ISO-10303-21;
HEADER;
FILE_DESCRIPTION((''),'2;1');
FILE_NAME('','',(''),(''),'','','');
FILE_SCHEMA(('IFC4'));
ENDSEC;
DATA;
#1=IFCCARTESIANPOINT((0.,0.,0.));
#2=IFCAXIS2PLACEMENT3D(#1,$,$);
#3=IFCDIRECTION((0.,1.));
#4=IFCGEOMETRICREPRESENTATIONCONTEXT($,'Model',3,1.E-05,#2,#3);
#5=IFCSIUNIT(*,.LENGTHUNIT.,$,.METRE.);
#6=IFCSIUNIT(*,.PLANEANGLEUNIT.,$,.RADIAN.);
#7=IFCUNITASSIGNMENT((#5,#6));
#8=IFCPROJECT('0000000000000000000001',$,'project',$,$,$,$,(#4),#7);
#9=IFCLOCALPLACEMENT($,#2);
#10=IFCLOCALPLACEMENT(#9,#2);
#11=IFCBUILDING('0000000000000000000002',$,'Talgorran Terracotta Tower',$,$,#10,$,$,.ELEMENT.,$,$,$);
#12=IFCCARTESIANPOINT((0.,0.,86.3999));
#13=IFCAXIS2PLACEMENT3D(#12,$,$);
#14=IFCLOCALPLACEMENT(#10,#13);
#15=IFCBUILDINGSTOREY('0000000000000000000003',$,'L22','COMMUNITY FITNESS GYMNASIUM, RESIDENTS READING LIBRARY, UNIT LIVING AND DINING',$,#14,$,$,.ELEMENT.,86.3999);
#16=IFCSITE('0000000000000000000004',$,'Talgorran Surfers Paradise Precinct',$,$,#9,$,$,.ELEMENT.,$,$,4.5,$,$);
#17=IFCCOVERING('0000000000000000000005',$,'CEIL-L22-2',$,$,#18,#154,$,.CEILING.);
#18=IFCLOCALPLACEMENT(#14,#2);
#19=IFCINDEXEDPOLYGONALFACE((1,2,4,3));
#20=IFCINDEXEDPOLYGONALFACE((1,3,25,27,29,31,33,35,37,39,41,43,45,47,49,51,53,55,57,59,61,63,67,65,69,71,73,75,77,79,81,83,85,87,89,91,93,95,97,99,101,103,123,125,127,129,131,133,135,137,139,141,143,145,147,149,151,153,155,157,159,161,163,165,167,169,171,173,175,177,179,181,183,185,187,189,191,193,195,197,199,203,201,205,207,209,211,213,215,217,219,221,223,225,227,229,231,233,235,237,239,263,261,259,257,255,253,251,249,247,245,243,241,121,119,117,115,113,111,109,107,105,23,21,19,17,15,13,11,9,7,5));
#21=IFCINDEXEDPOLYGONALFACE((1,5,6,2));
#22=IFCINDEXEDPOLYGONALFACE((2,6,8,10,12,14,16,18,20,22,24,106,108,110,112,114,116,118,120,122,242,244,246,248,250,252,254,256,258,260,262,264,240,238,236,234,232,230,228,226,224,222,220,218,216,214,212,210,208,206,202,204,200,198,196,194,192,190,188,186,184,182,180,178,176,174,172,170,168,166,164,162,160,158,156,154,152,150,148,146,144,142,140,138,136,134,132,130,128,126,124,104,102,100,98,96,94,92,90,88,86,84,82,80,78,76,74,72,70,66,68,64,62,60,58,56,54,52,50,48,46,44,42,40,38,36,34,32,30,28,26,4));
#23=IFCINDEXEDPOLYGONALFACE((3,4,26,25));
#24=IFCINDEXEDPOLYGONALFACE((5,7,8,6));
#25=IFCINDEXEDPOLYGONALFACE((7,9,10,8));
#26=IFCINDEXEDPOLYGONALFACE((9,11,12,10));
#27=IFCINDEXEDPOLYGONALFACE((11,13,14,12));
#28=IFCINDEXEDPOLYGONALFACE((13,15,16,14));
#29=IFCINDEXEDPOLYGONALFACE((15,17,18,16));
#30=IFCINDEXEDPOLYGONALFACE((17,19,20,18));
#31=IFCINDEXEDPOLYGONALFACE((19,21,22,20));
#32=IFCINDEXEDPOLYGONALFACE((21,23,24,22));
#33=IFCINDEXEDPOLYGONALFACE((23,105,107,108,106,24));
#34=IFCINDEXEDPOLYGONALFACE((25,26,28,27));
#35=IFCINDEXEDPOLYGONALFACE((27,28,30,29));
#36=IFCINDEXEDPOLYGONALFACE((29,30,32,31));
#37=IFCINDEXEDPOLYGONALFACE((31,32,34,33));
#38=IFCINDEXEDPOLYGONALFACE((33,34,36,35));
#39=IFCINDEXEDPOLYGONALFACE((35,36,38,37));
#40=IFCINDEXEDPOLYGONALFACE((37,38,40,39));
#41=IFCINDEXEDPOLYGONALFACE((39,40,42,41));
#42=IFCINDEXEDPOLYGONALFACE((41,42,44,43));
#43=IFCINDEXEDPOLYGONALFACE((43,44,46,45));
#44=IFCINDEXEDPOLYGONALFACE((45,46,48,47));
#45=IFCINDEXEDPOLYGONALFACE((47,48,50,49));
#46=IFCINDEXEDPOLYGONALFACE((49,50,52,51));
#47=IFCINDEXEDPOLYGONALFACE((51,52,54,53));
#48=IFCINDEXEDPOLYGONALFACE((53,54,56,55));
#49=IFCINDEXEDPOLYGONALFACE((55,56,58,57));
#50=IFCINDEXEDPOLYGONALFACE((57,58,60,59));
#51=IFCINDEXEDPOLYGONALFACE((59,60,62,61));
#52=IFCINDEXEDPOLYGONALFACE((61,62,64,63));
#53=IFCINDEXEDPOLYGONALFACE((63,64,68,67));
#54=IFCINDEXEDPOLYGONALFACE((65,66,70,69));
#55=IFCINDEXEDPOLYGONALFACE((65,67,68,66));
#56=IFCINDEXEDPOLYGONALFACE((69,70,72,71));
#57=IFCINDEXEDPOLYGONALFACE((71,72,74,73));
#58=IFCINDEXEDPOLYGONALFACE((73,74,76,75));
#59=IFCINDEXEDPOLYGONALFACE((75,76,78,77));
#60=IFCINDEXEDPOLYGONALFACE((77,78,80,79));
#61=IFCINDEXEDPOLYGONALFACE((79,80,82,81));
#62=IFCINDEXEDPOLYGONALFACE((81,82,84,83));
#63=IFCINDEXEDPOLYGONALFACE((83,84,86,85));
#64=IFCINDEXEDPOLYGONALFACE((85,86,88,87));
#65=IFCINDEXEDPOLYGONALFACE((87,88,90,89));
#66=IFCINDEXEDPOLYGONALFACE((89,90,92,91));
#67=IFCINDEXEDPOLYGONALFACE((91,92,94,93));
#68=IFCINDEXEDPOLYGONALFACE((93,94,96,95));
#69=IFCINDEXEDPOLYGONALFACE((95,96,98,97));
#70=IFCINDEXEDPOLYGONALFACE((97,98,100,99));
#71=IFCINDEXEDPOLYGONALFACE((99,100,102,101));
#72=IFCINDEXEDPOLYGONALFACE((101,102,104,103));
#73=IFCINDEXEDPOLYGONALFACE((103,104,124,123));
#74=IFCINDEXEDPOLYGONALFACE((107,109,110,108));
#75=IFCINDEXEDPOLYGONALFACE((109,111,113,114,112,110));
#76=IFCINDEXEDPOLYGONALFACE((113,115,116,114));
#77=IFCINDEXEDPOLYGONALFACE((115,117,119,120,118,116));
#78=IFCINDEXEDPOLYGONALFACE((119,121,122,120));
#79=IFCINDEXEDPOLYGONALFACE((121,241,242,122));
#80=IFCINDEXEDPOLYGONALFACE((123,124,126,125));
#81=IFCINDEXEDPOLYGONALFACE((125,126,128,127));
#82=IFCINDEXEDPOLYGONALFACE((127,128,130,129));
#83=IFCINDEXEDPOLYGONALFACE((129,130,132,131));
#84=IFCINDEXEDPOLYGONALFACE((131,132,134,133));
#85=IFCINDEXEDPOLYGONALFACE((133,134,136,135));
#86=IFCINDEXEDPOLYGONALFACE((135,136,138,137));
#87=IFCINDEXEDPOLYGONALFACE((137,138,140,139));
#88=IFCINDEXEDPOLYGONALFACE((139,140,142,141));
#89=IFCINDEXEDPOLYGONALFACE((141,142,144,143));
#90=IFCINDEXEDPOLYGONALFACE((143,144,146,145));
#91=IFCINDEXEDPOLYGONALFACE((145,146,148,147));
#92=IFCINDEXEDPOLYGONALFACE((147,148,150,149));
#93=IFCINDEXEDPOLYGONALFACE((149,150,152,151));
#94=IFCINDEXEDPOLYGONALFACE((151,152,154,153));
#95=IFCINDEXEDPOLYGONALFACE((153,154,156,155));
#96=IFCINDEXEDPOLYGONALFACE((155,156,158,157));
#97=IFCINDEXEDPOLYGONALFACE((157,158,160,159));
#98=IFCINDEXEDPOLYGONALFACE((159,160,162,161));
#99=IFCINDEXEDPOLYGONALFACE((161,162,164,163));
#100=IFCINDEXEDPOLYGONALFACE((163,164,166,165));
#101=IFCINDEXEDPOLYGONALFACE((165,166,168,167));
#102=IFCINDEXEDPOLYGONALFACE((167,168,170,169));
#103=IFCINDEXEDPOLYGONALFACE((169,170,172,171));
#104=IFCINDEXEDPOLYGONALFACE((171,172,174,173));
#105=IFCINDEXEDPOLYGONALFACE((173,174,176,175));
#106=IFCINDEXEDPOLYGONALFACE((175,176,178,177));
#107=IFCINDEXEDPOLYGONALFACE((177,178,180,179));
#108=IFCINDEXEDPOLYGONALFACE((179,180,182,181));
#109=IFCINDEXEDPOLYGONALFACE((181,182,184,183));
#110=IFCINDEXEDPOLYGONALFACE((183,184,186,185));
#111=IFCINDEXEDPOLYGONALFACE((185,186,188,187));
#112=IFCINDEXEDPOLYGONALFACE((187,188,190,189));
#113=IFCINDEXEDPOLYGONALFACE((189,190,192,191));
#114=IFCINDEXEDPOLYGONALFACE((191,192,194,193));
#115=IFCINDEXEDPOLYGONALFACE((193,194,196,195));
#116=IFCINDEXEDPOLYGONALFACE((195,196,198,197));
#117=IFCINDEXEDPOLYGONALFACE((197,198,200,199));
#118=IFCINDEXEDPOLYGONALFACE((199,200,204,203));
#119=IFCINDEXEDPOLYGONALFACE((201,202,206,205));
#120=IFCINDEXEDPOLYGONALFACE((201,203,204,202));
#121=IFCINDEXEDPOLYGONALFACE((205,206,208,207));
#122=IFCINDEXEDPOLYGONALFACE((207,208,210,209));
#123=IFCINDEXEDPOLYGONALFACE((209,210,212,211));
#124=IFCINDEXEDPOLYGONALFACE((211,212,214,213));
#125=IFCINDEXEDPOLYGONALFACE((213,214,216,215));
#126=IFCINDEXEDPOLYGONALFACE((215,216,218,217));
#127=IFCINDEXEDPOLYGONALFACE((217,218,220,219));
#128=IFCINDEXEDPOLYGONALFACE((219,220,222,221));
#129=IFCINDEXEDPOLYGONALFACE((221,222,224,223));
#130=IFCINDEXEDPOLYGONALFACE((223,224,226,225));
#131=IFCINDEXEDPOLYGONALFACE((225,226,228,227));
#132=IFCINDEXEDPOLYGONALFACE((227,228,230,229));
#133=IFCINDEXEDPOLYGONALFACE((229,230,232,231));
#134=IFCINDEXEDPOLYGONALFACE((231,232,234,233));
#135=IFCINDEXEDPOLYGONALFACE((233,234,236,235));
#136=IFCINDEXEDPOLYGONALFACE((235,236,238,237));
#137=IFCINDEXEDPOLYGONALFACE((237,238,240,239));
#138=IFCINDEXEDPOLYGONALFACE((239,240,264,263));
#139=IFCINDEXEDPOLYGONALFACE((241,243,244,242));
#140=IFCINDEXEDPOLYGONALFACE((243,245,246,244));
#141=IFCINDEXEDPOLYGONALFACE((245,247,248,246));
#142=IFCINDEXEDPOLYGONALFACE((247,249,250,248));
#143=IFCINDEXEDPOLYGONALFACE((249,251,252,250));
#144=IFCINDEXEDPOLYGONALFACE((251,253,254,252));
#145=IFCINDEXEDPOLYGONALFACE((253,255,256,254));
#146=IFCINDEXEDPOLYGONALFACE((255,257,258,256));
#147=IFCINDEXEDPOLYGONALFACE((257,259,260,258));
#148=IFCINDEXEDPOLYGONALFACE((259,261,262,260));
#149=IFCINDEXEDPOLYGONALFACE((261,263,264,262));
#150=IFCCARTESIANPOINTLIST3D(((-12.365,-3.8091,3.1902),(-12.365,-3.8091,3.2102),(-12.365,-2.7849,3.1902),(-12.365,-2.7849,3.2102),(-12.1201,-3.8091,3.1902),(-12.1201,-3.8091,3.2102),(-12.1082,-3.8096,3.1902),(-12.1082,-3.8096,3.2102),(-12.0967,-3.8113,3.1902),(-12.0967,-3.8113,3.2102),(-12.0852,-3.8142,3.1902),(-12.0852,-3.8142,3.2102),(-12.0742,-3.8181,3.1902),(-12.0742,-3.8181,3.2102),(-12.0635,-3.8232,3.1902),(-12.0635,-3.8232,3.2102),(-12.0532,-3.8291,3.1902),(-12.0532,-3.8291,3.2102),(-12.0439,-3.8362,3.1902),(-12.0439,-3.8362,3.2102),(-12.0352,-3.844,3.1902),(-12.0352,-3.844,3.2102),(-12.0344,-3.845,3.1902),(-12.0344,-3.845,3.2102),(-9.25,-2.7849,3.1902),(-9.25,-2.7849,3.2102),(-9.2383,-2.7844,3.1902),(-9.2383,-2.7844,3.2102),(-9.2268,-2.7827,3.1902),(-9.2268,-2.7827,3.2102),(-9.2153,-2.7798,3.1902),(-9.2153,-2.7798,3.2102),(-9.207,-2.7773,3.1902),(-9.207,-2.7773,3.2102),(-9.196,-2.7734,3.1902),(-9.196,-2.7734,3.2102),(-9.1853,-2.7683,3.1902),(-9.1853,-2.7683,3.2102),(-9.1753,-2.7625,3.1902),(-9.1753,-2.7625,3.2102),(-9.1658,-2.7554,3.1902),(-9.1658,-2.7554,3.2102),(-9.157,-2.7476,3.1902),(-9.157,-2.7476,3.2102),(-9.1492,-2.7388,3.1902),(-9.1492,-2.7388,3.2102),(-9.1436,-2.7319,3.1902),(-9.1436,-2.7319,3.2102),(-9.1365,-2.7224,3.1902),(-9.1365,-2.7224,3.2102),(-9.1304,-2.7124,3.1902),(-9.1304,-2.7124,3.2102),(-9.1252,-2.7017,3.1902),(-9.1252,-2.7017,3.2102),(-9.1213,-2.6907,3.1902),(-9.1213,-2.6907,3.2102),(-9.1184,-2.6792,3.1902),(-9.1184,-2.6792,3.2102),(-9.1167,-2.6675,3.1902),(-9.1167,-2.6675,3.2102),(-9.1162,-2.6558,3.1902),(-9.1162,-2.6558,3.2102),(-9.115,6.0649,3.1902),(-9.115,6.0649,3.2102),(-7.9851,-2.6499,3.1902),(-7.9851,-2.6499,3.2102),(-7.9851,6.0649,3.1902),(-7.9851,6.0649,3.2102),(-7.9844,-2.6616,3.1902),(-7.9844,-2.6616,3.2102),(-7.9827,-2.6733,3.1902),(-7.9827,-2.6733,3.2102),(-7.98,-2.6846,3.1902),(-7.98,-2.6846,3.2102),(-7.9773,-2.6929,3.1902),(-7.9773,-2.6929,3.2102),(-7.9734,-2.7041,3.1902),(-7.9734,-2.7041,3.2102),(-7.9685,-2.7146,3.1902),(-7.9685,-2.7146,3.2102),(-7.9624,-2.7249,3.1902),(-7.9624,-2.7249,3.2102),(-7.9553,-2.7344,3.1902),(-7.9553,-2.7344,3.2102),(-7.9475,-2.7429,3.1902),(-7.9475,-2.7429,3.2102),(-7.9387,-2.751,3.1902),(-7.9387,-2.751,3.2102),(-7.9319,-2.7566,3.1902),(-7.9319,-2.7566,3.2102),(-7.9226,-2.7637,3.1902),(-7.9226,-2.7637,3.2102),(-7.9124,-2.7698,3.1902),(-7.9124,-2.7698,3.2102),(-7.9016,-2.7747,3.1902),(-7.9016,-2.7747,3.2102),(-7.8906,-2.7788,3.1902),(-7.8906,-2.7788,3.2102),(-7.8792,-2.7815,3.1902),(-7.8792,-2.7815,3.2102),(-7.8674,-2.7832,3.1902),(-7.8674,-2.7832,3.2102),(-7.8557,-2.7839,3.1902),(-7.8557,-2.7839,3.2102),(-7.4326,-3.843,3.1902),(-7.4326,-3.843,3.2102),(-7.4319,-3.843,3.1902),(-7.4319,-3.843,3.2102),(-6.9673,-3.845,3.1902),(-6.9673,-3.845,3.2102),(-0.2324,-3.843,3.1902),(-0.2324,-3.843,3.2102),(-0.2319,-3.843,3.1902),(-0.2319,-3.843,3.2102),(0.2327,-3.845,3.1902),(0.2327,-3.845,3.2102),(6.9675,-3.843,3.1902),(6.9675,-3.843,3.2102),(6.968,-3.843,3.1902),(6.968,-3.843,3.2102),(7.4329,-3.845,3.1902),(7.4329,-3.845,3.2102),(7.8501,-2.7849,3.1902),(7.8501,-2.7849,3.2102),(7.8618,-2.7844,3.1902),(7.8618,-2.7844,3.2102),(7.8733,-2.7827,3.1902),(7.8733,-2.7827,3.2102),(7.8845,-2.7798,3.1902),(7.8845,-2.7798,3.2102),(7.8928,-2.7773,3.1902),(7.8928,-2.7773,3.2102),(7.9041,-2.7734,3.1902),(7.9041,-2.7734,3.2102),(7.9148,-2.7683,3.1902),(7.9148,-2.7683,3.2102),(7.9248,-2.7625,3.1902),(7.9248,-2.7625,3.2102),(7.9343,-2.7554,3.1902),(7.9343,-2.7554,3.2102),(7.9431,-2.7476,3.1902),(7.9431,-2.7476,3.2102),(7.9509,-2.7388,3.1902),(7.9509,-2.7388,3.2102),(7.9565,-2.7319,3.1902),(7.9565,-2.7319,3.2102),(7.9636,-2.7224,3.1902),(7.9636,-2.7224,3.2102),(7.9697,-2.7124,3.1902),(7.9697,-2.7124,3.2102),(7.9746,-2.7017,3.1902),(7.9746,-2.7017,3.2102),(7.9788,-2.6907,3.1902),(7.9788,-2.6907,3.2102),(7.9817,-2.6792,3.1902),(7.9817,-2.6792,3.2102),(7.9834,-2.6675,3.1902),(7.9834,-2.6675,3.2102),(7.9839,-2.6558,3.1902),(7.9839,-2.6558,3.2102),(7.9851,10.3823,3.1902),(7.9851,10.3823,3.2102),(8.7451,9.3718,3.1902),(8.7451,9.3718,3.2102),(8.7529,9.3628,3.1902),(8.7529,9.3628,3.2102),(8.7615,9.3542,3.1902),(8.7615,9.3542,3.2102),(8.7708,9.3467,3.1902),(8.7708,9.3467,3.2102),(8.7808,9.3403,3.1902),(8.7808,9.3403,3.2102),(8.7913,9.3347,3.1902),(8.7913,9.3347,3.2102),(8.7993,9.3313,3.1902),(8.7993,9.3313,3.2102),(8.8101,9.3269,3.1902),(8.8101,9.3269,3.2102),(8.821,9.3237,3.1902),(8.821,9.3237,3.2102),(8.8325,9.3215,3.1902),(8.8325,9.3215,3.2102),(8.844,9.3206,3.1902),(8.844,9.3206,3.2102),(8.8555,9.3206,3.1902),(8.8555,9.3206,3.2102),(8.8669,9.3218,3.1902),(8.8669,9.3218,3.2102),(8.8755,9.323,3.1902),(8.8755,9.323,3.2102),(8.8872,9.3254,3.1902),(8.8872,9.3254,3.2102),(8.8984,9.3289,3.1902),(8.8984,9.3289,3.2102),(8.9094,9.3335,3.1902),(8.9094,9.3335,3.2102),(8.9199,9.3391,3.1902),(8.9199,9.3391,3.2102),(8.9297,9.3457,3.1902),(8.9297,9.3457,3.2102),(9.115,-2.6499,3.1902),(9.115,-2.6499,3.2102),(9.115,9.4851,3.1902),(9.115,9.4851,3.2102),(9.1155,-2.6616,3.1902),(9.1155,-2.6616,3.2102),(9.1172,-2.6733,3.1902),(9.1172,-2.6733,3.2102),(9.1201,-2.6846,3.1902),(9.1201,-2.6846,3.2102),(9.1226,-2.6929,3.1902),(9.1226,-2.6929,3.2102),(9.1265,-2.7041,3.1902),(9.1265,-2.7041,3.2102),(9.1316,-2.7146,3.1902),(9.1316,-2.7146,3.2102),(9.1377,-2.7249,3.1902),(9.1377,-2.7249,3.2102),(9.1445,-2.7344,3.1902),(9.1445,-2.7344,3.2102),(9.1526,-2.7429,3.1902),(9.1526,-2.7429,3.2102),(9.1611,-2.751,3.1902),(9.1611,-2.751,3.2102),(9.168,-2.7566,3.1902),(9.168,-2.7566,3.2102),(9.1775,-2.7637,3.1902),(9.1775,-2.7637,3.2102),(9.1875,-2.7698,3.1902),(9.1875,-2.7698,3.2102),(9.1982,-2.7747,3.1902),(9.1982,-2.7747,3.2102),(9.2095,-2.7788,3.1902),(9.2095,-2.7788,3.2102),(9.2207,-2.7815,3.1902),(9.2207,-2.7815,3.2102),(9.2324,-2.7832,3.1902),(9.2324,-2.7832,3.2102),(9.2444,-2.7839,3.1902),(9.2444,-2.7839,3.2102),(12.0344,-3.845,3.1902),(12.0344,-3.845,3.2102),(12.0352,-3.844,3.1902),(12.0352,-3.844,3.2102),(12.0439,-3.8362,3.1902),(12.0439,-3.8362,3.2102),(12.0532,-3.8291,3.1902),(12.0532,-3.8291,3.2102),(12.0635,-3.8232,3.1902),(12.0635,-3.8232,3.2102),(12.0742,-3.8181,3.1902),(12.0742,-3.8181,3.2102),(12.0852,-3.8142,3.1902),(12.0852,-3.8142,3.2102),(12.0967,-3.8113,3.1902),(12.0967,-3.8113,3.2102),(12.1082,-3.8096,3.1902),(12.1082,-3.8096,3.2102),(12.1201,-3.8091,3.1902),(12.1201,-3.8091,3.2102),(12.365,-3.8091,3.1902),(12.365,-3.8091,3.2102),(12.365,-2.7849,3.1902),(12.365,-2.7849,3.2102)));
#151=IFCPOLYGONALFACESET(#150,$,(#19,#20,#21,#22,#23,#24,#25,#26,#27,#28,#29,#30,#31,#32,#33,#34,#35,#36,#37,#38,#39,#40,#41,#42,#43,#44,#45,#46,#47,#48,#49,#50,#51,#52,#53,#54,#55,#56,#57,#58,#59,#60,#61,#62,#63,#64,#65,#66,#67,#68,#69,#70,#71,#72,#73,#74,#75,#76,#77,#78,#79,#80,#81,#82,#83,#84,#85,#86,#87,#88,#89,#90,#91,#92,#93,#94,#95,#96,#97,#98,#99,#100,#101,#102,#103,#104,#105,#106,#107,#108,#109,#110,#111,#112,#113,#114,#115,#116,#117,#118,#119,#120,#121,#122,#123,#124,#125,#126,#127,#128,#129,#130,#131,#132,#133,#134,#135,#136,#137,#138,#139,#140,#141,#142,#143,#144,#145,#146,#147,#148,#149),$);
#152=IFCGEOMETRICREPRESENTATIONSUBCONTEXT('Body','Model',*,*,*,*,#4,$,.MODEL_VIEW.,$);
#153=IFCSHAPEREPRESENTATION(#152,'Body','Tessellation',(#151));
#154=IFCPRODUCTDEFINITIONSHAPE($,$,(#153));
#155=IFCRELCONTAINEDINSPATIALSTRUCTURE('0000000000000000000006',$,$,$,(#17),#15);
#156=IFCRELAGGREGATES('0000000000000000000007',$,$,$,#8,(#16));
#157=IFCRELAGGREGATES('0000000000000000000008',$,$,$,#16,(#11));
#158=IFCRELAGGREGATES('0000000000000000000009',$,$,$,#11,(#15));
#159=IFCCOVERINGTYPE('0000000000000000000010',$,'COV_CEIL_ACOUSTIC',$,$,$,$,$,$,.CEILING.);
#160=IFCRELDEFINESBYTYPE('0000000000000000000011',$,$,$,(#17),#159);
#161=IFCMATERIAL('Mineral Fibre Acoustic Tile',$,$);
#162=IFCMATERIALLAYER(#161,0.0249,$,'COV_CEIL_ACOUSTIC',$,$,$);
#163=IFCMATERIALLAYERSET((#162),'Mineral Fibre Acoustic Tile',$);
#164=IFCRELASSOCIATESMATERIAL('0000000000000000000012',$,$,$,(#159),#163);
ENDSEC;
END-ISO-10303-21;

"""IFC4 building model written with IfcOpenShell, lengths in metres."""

from ifc_helpers import new_model, si_unit, direction, frame, origin, place, context, subcontext, project, spatial, polyline, outline, extrude, material, layer, layer_set, type_object, element, save


model = new_model("IFC4")

# Units and contexts
model_context = context("Model", 3, precision=1e-05, world=origin(), true_north=direction((0.0, 1.0)))
body_context = subcontext(model_context, "Body", "Model", "MODEL_VIEW")
ifc_project = project(units=[si_unit("LENGTHUNIT", "METRE"), si_unit("PLANEANGLEUNIT", "RADIAN")], contexts=[model_context])

# Site, building, storey
site_placement = place(None, origin())
site = spatial("IfcSite", under=ifc_project, at=site_placement, Name="Talgorran Surfers Paradise Precinct", CompositionType="ELEMENT", RefElevation=4.5)
building_placement = place(site_placement, origin())
building = spatial("IfcBuilding", under=site, at=building_placement, Name="Talgorran Terracotta Tower", CompositionType="ELEMENT")
storey_placement = place(building_placement, frame((0.0, 0.0, 86.3999)))
storey = spatial("IfcBuildingStorey", under=building, at=storey_placement, Name="L22", Description="COMMUNITY FITNESS GYMNASIUM, RESIDENTS READING LIBRARY, UNIT LIVING AND DINING", CompositionType="ELEMENT", Elevation=86.3999)

# Covering
ifc_material_1 = material(Name="Mineral Fibre Acoustic Tile")
ifc_layer_1 = layer(ifc_material_1, 0.0249, Name="COV_CEIL_ACOUSTIC")
ifc_layer_set_1 = layer_set([ifc_layer_1], Name="Mineral Fibre Acoustic Tile")
covering_type_1 = type_object("IfcCoveringType", Name="COV_CEIL_ACOUSTIC", PredefinedType="CEILING", material=ifc_layer_set_1)
covering_1_placement = place(storey_placement, frame((0.0, 0.0, 3.1902)))
element("IfcCovering", 1, at=covering_1_placement, inside=storey, type_object=covering_type_1, Name="CEIL-L22-2", PredefinedType="CEILING", context=body_context, shape_type="SweptSolid", body=[
    extrude(outline(polyline([(-12.0344, -3.845), (-12.0352, -3.844), (-12.0439, -3.8362), (-12.0532, -3.8291), (-12.0635, -3.8232), (-12.0742, -3.8181), (-12.0852, -3.8142), (-12.0967, -3.8113), (-12.1082, -3.8096), (-12.1201, -3.8091), (-12.365, -3.8091), (-12.365, -2.7849), (-9.25, -2.7849), (-9.2383, -2.7844), (-9.2268, -2.7827), (-9.2153, -2.7798), (-9.207, -2.7773), (-9.196, -2.7734), (-9.1853, -2.7683), (-9.1753, -2.7625), (-9.1658, -2.7554), (-9.157, -2.7476), (-9.1492, -2.7388), (-9.1436, -2.7319), (-9.1365, -2.7224), (-9.1304, -2.7124), (-9.1252, -2.7017), (-9.1213, -2.6907), (-9.1184, -2.6792), (-9.1167, -2.6675), (-9.1162, -2.6558), (-9.115, 6.0649), (-7.9851, 6.0649), (-7.9851, -2.6499), (-7.9844, -2.6616), (-7.9827, -2.6733), (-7.98, -2.6846), (-7.9773, -2.6929), (-7.9734, -2.7041), (-7.9685, -2.7146), (-7.9624, -2.7249), (-7.9553, -2.7344), (-7.9475, -2.7429), (-7.9387, -2.751), (-7.9319, -2.7566), (-7.9226, -2.7637), (-7.9124, -2.7698), (-7.9016, -2.7747), (-7.8906, -2.7788), (-7.8792, -2.7815), (-7.8674, -2.7832), (-7.8557, -2.7839), (7.8501, -2.7849), (7.8618, -2.7844), (7.8733, -2.7827), (7.8845, -2.7798), (7.8928, -2.7773), (7.9041, -2.7734), (7.9148, -2.7683), (7.9248, -2.7625), (7.9343, -2.7554), (7.9431, -2.7476), (7.9509, -2.7388), (7.9565, -2.7319), (7.9636, -2.7224), (7.9697, -2.7124), (7.9746, -2.7017), (7.9788, -2.6907), (7.9817, -2.6792), (7.9834, -2.6675), (7.9839, -2.6558), (7.9851, 10.3823), (8.7451, 9.3718), (8.7529, 9.3628), (8.7615, 9.3542), (8.7708, 9.3467), (8.7808, 9.3403), (8.7913, 9.3347), (8.7993, 9.3313), (8.8101, 9.3269), (8.821, 9.3237), (8.8325, 9.3215), (8.844, 9.3206), (8.8555, 9.3206), (8.8669, 9.3218), (8.8755, 9.323), (8.8872, 9.3254), (8.8984, 9.3289), (8.9094, 9.3335), (8.9199, 9.3391), (8.9297, 9.3457), (9.115, 9.4851), (9.115, -2.6499), (9.1155, -2.6616), (9.1172, -2.6733), (9.1201, -2.6846), (9.1226, -2.6929), (9.1265, -2.7041), (9.1316, -2.7146), (9.1377, -2.7249), (9.1445, -2.7344), (9.1526, -2.7429), (9.1611, -2.751), (9.168, -2.7566), (9.1775, -2.7637), (9.1875, -2.7698), (9.1982, -2.7747), (9.2095, -2.7788), (9.2207, -2.7815), (9.2324, -2.7832), (9.2444, -2.7839), (12.365, -2.7849), (12.365, -3.8091), (12.1201, -3.8091), (12.1082, -3.8096), (12.0967, -3.8113), (12.0852, -3.8142), (12.0742, -3.8181), (12.0635, -3.8232), (12.0532, -3.8291), (12.0439, -3.8362), (12.0352, -3.844), (12.0344, -3.845), (7.4329, -3.845), (6.968, -3.843), (6.9675, -3.843), (0.2327, -3.845), (-0.2319, -3.843), (-0.2324, -3.843), (-6.9673, -3.845), (-7.4319, -3.843), (-7.4326, -3.843), (-12.0344, -3.845)])), origin(), (0.0, 0.0, 1.0), 0.02),
])

save(model, "model.ifc")
